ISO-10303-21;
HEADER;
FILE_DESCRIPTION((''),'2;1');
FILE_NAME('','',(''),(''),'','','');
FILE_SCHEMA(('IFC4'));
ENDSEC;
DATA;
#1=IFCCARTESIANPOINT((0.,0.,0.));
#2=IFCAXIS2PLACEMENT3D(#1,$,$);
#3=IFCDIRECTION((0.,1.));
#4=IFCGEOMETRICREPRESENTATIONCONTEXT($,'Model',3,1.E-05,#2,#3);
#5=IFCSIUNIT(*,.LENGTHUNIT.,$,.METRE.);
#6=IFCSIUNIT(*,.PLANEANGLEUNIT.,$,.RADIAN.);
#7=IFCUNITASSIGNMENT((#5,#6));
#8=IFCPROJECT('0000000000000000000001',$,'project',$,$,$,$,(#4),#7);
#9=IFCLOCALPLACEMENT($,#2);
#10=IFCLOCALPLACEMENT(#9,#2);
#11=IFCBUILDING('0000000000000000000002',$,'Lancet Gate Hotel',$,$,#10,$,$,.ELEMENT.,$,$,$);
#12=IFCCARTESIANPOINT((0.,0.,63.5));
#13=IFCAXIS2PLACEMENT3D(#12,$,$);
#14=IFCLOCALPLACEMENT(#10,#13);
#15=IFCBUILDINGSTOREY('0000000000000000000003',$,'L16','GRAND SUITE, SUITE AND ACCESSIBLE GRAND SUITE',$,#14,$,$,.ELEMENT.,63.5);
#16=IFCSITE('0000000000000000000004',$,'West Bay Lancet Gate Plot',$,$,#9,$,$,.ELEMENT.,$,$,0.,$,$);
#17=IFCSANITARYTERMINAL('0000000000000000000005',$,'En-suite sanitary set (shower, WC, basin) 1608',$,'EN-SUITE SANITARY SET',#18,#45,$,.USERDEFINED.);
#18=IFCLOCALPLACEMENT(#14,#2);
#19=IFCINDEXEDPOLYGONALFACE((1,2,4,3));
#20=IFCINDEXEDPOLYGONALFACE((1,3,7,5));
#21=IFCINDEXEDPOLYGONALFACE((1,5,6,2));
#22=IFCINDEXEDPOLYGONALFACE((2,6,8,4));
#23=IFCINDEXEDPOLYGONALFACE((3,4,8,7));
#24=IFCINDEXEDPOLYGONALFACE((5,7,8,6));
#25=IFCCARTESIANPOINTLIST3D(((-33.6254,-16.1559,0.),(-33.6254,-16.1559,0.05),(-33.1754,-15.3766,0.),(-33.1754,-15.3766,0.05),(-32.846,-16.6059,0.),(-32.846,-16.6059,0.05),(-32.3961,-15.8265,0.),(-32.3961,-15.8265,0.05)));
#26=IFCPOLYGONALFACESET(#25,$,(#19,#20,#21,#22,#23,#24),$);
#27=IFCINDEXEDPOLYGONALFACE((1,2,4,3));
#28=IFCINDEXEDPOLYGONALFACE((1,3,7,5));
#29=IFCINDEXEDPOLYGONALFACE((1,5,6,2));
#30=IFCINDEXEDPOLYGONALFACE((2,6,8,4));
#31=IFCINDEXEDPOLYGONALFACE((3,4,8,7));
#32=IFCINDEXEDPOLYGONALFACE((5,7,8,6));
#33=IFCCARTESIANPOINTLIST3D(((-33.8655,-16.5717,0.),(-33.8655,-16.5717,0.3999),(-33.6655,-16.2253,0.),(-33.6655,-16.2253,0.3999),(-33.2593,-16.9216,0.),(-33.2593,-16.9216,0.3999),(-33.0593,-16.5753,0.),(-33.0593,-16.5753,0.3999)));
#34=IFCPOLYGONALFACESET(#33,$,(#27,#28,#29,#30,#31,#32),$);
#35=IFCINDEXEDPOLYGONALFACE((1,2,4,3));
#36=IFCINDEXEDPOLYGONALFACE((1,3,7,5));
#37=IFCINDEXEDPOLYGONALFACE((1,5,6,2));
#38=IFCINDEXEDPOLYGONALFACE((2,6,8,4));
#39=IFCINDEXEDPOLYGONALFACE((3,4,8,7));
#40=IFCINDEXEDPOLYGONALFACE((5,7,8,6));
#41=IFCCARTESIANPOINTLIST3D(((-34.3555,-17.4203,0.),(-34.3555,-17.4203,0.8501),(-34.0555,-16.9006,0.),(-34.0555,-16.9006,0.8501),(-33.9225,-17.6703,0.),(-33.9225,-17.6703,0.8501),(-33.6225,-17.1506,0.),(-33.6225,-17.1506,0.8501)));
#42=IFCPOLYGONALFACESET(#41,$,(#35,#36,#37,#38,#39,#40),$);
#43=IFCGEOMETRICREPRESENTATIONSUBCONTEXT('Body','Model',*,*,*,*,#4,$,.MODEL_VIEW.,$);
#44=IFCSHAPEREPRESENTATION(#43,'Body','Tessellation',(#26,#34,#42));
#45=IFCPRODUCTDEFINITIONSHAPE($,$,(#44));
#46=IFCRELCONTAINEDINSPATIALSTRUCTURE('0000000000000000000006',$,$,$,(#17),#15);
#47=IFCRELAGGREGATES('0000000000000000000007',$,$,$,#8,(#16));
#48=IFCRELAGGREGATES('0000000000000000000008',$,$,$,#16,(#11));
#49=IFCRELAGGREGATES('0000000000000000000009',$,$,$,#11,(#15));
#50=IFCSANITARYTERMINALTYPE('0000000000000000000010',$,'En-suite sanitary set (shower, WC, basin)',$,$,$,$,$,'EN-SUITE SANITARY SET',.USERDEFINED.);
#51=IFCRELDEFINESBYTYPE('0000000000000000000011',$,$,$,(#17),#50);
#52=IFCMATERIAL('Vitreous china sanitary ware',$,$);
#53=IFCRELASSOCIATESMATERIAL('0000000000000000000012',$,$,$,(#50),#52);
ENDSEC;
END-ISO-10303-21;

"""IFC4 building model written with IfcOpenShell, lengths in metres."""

from ifc_helpers import new_model, si_unit, direction, frame, origin, origin_2d, place, context, subcontext, project, spatial, rectangle, extrude, material, type_object, element, save


model = new_model("IFC4")

# Units and contexts
model_context = context("Model", 3, precision=1e-05, world=origin(), true_north=direction((0.0, 1.0)))
body_context = subcontext(model_context, "Body", "Model", "MODEL_VIEW")
ifc_project = project(units=[si_unit("LENGTHUNIT", "METRE"), si_unit("PLANEANGLEUNIT", "RADIAN")], contexts=[model_context])

# Site, building, storey
site_placement = place(None, origin())
site = spatial("IfcSite", under=ifc_project, at=site_placement, Name="West Bay Lancet Gate Plot", CompositionType="ELEMENT", RefElevation=0.0)
building_placement = place(site_placement, origin())
building = spatial("IfcBuilding", under=site, at=building_placement, Name="Lancet Gate Hotel", CompositionType="ELEMENT")
storey_placement = place(building_placement, frame((0.0, 0.0, 63.5)))
storey = spatial("IfcBuildingStorey", under=building, at=storey_placement, Name="L16", Description="GRAND SUITE, SUITE AND ACCESSIBLE GRAND SUITE", CompositionType="ELEMENT", Elevation=63.5)

# Sanitary terminal
ifc_material_1 = material(Name="Vitreous china sanitary ware")
sanitary_terminal_type = type_object("IfcSanitaryTerminalType", Name="En-suite sanitary set (shower, WC, basin)", ElementType="EN-SUITE SANITARY SET", PredefinedType="USERDEFINED", material=ifc_material_1)
sanitary_terminal_placement = place(storey_placement, frame((-33.0107, -15.9912, 0.0), z_axis=(0.0, 0.0, 1.0), x_axis=(1.0, 0.0, 0.0)))
element("IfcSanitaryTerminal", 1, at=sanitary_terminal_placement, inside=storey, type_object=sanitary_terminal_type, Name="En-suite sanitary set (shower, WC, basin) 1608", ObjectType="EN-SUITE SANITARY SET", PredefinedType="USERDEFINED", context=body_context, shape_type="SweptSolid", body=[
    extrude(rectangle(XDim=0.8999, YDim=0.8999, at=origin_2d()), frame((0.0, 0.0, 0.0), z_axis=(0.0, 0.0, 1.0), x_axis=(0.5, 0.866025, 0.0)), (0.0, 0.0, 1.0), 0.05),
    extrude(rectangle(XDim=0.3999, YDim=0.7, at=origin_2d()), frame((-0.4517, -0.5823, 0.0), z_axis=(0.0, 0.0, 1.0), x_axis=(0.5, 0.866025, 0.0)), (0.0, 0.0, 1.0), 0.3999),
    extrude(rectangle(XDim=0.6001, YDim=0.5, at=origin_2d()), frame((-0.9783, -1.2942, 0.0), z_axis=(0.0, 0.0, 1.0), x_axis=(0.5, 0.866025, 0.0)), (0.0, 0.0, 1.0), 0.8501),
])

save(model, "model.ifc")
